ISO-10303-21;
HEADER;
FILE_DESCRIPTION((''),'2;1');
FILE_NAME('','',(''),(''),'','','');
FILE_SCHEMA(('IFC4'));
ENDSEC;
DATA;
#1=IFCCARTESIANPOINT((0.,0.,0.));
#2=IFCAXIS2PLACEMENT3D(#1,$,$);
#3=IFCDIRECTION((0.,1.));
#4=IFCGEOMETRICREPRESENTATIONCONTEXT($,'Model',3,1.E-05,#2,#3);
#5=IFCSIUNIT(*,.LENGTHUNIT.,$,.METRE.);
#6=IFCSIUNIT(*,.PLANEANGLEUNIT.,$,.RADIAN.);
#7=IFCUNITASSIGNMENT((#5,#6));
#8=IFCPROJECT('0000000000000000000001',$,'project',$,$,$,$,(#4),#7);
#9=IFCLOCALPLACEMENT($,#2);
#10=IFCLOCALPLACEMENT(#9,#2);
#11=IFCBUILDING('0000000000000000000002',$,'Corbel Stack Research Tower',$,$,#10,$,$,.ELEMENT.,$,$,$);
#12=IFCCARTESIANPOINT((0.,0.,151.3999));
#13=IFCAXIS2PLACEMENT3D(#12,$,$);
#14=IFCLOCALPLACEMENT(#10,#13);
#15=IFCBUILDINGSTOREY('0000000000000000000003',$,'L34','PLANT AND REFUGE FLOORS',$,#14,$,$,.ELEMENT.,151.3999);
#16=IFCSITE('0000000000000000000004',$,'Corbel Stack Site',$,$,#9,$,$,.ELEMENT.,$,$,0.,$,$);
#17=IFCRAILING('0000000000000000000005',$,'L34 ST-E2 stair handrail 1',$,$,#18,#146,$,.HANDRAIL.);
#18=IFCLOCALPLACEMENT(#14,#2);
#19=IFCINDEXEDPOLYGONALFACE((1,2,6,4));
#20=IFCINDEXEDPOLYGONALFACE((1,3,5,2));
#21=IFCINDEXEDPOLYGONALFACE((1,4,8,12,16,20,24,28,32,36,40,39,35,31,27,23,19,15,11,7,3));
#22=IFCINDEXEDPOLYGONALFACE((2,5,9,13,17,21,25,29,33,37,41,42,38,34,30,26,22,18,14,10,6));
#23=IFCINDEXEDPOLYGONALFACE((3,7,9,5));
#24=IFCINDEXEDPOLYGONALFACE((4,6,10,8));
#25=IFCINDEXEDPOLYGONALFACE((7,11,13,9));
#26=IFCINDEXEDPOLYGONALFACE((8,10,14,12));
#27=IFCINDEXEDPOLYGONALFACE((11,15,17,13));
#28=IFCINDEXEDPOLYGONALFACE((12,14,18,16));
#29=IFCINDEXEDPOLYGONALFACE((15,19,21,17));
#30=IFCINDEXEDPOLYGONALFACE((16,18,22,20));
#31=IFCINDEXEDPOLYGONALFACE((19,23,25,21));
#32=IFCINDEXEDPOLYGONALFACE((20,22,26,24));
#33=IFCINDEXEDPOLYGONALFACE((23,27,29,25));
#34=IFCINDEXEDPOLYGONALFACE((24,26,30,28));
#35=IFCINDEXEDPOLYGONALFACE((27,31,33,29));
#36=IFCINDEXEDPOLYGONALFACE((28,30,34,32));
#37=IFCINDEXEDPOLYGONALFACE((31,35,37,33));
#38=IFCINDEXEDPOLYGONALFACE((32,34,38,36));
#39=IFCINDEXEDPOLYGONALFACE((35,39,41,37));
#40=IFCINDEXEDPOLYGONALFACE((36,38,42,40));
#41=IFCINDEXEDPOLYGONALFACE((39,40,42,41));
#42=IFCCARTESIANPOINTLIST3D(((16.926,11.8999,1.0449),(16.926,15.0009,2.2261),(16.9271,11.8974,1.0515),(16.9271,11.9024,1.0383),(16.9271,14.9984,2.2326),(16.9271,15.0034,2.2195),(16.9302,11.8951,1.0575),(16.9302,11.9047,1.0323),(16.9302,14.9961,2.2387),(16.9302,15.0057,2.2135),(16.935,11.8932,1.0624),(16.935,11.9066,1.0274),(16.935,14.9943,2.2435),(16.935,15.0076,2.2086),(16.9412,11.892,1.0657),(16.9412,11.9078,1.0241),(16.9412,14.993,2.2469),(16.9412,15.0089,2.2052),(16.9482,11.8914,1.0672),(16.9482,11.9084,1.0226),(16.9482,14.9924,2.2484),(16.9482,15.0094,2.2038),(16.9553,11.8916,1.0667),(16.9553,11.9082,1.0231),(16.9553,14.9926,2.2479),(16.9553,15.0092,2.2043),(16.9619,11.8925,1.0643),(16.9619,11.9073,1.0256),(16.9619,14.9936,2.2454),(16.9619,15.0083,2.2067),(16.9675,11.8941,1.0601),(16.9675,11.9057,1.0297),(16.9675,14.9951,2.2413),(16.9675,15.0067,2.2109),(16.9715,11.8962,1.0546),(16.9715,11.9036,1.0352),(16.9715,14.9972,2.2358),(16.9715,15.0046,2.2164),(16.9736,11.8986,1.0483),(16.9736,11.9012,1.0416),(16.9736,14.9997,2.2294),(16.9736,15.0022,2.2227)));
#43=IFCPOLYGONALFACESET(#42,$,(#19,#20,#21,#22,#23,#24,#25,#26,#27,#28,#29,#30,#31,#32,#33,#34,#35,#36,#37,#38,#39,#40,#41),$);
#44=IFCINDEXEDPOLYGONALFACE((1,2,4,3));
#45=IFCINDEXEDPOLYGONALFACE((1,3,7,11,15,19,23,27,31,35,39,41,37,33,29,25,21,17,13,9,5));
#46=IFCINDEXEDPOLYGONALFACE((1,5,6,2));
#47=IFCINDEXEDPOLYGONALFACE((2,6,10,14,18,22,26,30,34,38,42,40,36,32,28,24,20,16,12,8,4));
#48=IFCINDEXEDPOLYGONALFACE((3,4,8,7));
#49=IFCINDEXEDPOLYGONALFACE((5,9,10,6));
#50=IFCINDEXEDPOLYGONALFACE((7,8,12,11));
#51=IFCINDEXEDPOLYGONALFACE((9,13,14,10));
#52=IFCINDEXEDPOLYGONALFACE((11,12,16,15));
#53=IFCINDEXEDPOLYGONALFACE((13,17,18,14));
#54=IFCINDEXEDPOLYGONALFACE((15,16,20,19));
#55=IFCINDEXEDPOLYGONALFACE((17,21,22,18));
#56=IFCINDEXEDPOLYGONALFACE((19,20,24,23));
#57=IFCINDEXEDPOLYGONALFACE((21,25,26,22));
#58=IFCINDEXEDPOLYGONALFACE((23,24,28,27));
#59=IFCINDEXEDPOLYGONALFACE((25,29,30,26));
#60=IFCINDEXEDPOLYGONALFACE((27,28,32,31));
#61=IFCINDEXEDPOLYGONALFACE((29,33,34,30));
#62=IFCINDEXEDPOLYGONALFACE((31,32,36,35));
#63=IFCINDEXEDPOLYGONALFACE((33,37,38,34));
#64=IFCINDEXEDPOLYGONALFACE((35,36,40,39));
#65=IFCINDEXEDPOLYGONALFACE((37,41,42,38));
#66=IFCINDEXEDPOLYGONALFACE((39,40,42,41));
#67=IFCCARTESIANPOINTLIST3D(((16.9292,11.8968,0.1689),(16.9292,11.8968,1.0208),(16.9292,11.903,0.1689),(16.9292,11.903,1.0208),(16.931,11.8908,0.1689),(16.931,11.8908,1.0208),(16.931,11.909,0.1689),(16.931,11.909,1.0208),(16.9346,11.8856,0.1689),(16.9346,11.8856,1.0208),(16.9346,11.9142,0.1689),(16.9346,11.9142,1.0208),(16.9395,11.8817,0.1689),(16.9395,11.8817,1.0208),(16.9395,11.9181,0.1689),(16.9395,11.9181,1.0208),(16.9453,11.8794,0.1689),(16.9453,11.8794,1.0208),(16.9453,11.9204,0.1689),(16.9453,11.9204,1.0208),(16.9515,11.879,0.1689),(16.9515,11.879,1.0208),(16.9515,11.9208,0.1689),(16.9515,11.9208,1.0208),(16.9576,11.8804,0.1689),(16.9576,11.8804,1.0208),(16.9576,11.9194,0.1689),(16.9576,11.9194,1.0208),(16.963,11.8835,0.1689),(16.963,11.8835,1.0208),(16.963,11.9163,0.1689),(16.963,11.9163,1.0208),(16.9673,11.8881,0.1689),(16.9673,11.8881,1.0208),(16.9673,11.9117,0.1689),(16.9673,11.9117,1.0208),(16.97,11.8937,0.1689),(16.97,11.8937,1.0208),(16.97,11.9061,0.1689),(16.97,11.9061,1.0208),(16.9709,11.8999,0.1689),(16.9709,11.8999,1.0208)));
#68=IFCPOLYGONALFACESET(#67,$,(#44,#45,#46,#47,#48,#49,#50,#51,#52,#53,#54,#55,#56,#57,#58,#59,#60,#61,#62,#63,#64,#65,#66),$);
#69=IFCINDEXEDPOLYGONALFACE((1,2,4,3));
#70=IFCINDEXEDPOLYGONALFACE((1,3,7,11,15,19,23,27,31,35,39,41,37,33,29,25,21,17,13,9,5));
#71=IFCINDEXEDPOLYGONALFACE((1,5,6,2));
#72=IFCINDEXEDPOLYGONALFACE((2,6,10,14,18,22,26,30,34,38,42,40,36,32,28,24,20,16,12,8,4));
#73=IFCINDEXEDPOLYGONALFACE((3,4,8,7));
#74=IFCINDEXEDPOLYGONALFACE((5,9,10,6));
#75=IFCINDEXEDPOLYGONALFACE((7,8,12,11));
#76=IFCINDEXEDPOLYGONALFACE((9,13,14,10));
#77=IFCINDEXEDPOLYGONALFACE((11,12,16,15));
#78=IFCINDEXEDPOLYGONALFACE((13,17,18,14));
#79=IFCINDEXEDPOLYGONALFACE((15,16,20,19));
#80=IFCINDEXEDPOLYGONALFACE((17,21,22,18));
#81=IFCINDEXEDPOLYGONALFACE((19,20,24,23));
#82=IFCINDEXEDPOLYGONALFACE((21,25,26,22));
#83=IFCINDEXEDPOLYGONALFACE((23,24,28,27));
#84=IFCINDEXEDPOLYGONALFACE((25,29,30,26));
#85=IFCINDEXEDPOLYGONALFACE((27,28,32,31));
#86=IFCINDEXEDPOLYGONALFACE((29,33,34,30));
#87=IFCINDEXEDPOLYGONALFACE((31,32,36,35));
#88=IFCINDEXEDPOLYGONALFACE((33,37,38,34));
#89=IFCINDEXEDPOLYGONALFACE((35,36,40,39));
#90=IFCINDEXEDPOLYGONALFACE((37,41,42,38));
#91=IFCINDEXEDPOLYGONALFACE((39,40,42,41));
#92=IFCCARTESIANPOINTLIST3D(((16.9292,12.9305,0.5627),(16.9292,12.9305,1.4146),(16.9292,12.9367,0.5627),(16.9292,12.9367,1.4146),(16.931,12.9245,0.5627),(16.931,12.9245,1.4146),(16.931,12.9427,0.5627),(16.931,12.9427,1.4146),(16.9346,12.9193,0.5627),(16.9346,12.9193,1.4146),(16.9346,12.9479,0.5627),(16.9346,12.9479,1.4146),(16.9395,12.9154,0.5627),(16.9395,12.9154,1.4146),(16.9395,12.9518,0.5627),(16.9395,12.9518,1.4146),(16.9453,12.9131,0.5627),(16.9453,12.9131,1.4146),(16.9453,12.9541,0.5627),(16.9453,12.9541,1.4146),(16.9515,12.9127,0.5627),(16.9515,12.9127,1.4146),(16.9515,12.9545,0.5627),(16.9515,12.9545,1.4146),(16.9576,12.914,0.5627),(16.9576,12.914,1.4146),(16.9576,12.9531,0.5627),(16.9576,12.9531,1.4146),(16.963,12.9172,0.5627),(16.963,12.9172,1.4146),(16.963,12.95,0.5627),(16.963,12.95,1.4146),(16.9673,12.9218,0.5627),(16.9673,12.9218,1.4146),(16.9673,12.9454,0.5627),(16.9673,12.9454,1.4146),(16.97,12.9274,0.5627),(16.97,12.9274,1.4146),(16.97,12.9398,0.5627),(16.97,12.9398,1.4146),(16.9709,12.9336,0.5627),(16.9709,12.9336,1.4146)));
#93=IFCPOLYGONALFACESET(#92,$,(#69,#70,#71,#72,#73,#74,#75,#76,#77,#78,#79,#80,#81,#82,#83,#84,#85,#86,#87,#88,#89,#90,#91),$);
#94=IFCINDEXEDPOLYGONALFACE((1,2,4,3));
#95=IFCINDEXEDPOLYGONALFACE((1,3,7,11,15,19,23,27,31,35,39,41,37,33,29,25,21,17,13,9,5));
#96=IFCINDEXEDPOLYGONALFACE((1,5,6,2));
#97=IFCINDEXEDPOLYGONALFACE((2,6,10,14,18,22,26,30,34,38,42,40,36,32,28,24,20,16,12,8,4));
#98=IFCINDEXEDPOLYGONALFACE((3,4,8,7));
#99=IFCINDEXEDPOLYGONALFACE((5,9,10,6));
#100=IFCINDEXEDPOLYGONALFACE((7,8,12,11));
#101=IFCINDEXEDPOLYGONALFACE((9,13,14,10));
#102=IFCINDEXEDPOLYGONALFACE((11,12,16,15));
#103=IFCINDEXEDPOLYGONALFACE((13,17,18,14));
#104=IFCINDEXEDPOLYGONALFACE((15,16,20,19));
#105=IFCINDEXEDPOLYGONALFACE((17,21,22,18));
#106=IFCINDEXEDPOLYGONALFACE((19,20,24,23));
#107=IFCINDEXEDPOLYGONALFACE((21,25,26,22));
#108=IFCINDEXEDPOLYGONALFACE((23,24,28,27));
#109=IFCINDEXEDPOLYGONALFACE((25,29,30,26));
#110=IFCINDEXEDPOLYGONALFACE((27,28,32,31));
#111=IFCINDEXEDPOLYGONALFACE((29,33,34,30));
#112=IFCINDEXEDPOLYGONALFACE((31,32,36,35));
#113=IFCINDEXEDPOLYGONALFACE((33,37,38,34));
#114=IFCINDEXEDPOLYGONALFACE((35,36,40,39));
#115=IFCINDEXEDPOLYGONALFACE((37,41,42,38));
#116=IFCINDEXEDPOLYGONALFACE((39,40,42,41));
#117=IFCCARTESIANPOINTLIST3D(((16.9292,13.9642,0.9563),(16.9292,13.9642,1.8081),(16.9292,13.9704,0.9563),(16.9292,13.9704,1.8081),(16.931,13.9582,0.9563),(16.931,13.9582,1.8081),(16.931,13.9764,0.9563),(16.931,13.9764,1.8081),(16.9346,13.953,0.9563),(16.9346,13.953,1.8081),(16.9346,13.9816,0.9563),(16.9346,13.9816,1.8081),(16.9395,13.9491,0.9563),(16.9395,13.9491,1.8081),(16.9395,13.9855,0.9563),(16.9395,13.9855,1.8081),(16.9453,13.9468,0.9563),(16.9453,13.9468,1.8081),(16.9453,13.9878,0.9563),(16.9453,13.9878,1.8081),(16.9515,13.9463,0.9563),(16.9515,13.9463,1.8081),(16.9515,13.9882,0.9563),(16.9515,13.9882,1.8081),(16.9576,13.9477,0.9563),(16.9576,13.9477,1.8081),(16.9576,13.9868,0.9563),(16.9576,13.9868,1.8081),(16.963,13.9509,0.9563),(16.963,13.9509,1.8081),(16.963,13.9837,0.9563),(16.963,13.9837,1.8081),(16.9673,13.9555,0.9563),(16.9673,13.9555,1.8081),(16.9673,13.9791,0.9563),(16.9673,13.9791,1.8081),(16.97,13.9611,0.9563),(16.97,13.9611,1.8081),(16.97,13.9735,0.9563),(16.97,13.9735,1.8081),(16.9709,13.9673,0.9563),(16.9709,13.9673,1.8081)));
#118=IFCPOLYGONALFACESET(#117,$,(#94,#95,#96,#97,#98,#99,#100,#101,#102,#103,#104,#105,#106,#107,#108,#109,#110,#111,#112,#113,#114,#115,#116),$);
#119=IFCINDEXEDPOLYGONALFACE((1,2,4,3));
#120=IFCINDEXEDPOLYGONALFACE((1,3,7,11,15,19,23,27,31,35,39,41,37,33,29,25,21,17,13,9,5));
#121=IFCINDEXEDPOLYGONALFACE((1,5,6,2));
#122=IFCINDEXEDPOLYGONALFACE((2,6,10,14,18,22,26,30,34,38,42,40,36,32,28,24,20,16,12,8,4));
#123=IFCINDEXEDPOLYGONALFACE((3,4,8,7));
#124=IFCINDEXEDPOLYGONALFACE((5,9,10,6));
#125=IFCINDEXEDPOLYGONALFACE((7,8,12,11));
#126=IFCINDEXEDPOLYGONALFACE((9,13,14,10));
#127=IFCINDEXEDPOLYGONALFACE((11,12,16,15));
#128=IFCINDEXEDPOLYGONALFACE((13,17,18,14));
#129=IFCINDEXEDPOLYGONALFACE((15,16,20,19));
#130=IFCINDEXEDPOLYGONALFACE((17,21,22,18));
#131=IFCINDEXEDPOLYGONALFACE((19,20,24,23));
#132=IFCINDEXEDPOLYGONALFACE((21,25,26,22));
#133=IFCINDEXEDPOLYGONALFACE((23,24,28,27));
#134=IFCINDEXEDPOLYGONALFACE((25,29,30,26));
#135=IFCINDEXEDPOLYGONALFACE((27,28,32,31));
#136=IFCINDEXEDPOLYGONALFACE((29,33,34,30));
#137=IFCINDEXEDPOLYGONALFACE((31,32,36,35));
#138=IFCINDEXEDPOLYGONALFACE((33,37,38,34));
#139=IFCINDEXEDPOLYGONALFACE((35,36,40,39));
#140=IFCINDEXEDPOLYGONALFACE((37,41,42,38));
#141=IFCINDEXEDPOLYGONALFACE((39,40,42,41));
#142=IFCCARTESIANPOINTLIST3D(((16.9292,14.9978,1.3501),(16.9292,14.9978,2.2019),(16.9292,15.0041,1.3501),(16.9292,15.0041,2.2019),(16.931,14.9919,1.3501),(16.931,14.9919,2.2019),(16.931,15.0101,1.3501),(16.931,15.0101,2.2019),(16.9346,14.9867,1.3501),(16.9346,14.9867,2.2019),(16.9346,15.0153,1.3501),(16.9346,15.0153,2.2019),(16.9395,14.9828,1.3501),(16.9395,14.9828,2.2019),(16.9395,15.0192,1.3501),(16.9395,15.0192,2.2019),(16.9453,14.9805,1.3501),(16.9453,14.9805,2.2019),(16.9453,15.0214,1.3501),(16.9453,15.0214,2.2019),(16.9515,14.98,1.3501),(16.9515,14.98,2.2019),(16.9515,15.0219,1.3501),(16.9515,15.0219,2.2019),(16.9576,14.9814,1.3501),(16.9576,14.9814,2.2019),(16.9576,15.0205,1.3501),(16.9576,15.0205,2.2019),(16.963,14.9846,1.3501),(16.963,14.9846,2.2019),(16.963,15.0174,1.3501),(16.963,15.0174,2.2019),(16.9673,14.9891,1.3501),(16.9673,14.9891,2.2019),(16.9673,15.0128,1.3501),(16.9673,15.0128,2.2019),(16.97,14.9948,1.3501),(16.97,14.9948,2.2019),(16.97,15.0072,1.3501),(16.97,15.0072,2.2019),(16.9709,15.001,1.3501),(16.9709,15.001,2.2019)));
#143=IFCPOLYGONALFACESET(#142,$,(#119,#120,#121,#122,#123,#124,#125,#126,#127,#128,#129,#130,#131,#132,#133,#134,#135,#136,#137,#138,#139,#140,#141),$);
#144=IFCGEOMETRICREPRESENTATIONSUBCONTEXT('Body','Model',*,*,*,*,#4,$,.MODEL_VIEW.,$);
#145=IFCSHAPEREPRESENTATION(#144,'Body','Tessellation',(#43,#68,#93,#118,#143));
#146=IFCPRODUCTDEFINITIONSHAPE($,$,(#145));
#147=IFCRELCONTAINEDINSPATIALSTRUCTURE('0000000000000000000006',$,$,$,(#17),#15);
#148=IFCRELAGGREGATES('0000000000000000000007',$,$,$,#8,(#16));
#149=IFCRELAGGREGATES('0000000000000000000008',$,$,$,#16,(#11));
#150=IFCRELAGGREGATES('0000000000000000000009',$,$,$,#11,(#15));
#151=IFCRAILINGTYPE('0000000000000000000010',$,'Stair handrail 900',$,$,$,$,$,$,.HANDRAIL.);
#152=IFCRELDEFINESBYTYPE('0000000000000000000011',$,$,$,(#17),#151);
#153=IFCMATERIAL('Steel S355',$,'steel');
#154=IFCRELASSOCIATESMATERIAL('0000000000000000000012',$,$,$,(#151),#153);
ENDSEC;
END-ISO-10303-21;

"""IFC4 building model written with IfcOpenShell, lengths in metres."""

from ifc_helpers import new_model, si_unit, direction, frame, origin, origin_2d, place, context, subcontext, project, spatial, circle, extrude, material, type_object, element, save


model = new_model("IFC4")

# Units and contexts
model_context = context("Model", 3, precision=1e-05, world=origin(), true_north=direction((0.0, 1.0)))
body_context = subcontext(model_context, "Body", "Model", "MODEL_VIEW")
ifc_project = project(units=[si_unit("LENGTHUNIT", "METRE"), si_unit("PLANEANGLEUNIT", "RADIAN")], contexts=[model_context])

# Site, building, storey
site_placement = place(None, origin())
site = spatial("IfcSite", under=ifc_project, at=site_placement, Name="Corbel Stack Site", CompositionType="ELEMENT", RefElevation=0.0)
building_placement = place(site_placement, origin())
building = spatial("IfcBuilding", under=site, at=building_placement, Name="Corbel Stack Research Tower", CompositionType="ELEMENT")
storey_placement = place(building_placement, frame((0.0, 0.0, 151.3999)))
storey = spatial("IfcBuildingStorey", under=building, at=storey_placement, Name="L34", Description="PLANT AND REFUGE FLOORS", CompositionType="ELEMENT", Elevation=151.3999)

# Railing
ifc_material_1 = material(Name="Steel S355", Category="steel")
railing_type_1 = type_object("IfcRailingType", Name="Stair handrail 900", PredefinedType="HANDRAIL", material=ifc_material_1)
for number, where, name in (
    (1, (16.95, 11.8999, 0.1689), "L34 ST-E2 stair handrail 1"),
):
    element("IfcRailing", number, at=place(storey_placement, frame(where)), inside=storey, type_object=railing_type_1, Name=name, PredefinedType="HANDRAIL", context=body_context, shape_type="SweptSolid", body=[
        extrude(circle(Radius=0.0239, at=origin_2d()), frame((0.0, 0.0, 0.876), z_axis=(0.0, 0.934509, 0.35594), x_axis=(-1.0, 0.0, 0.0)), (0.0, 0.0, 1.0), 3.3184),
        extrude(circle(Radius=0.021, at=origin_2d()), origin(), (0.0, 0.0, 1.0), 0.8518),
        extrude(circle(Radius=0.021, at=origin_2d()), frame((0.0, 1.0337, 0.3938)), (0.0, 0.0, 1.0), 0.8518),
        extrude(circle(Radius=0.021, at=origin_2d()), frame((0.0, 2.0674, 0.7874)), (0.0, 0.0, 1.0), 0.8518),
        extrude(circle(Radius=0.021, at=origin_2d()), frame((0.0, 3.1011, 1.1812)), (0.0, 0.0, 1.0), 0.8518),
    ])

save(model, "model.ifc")
